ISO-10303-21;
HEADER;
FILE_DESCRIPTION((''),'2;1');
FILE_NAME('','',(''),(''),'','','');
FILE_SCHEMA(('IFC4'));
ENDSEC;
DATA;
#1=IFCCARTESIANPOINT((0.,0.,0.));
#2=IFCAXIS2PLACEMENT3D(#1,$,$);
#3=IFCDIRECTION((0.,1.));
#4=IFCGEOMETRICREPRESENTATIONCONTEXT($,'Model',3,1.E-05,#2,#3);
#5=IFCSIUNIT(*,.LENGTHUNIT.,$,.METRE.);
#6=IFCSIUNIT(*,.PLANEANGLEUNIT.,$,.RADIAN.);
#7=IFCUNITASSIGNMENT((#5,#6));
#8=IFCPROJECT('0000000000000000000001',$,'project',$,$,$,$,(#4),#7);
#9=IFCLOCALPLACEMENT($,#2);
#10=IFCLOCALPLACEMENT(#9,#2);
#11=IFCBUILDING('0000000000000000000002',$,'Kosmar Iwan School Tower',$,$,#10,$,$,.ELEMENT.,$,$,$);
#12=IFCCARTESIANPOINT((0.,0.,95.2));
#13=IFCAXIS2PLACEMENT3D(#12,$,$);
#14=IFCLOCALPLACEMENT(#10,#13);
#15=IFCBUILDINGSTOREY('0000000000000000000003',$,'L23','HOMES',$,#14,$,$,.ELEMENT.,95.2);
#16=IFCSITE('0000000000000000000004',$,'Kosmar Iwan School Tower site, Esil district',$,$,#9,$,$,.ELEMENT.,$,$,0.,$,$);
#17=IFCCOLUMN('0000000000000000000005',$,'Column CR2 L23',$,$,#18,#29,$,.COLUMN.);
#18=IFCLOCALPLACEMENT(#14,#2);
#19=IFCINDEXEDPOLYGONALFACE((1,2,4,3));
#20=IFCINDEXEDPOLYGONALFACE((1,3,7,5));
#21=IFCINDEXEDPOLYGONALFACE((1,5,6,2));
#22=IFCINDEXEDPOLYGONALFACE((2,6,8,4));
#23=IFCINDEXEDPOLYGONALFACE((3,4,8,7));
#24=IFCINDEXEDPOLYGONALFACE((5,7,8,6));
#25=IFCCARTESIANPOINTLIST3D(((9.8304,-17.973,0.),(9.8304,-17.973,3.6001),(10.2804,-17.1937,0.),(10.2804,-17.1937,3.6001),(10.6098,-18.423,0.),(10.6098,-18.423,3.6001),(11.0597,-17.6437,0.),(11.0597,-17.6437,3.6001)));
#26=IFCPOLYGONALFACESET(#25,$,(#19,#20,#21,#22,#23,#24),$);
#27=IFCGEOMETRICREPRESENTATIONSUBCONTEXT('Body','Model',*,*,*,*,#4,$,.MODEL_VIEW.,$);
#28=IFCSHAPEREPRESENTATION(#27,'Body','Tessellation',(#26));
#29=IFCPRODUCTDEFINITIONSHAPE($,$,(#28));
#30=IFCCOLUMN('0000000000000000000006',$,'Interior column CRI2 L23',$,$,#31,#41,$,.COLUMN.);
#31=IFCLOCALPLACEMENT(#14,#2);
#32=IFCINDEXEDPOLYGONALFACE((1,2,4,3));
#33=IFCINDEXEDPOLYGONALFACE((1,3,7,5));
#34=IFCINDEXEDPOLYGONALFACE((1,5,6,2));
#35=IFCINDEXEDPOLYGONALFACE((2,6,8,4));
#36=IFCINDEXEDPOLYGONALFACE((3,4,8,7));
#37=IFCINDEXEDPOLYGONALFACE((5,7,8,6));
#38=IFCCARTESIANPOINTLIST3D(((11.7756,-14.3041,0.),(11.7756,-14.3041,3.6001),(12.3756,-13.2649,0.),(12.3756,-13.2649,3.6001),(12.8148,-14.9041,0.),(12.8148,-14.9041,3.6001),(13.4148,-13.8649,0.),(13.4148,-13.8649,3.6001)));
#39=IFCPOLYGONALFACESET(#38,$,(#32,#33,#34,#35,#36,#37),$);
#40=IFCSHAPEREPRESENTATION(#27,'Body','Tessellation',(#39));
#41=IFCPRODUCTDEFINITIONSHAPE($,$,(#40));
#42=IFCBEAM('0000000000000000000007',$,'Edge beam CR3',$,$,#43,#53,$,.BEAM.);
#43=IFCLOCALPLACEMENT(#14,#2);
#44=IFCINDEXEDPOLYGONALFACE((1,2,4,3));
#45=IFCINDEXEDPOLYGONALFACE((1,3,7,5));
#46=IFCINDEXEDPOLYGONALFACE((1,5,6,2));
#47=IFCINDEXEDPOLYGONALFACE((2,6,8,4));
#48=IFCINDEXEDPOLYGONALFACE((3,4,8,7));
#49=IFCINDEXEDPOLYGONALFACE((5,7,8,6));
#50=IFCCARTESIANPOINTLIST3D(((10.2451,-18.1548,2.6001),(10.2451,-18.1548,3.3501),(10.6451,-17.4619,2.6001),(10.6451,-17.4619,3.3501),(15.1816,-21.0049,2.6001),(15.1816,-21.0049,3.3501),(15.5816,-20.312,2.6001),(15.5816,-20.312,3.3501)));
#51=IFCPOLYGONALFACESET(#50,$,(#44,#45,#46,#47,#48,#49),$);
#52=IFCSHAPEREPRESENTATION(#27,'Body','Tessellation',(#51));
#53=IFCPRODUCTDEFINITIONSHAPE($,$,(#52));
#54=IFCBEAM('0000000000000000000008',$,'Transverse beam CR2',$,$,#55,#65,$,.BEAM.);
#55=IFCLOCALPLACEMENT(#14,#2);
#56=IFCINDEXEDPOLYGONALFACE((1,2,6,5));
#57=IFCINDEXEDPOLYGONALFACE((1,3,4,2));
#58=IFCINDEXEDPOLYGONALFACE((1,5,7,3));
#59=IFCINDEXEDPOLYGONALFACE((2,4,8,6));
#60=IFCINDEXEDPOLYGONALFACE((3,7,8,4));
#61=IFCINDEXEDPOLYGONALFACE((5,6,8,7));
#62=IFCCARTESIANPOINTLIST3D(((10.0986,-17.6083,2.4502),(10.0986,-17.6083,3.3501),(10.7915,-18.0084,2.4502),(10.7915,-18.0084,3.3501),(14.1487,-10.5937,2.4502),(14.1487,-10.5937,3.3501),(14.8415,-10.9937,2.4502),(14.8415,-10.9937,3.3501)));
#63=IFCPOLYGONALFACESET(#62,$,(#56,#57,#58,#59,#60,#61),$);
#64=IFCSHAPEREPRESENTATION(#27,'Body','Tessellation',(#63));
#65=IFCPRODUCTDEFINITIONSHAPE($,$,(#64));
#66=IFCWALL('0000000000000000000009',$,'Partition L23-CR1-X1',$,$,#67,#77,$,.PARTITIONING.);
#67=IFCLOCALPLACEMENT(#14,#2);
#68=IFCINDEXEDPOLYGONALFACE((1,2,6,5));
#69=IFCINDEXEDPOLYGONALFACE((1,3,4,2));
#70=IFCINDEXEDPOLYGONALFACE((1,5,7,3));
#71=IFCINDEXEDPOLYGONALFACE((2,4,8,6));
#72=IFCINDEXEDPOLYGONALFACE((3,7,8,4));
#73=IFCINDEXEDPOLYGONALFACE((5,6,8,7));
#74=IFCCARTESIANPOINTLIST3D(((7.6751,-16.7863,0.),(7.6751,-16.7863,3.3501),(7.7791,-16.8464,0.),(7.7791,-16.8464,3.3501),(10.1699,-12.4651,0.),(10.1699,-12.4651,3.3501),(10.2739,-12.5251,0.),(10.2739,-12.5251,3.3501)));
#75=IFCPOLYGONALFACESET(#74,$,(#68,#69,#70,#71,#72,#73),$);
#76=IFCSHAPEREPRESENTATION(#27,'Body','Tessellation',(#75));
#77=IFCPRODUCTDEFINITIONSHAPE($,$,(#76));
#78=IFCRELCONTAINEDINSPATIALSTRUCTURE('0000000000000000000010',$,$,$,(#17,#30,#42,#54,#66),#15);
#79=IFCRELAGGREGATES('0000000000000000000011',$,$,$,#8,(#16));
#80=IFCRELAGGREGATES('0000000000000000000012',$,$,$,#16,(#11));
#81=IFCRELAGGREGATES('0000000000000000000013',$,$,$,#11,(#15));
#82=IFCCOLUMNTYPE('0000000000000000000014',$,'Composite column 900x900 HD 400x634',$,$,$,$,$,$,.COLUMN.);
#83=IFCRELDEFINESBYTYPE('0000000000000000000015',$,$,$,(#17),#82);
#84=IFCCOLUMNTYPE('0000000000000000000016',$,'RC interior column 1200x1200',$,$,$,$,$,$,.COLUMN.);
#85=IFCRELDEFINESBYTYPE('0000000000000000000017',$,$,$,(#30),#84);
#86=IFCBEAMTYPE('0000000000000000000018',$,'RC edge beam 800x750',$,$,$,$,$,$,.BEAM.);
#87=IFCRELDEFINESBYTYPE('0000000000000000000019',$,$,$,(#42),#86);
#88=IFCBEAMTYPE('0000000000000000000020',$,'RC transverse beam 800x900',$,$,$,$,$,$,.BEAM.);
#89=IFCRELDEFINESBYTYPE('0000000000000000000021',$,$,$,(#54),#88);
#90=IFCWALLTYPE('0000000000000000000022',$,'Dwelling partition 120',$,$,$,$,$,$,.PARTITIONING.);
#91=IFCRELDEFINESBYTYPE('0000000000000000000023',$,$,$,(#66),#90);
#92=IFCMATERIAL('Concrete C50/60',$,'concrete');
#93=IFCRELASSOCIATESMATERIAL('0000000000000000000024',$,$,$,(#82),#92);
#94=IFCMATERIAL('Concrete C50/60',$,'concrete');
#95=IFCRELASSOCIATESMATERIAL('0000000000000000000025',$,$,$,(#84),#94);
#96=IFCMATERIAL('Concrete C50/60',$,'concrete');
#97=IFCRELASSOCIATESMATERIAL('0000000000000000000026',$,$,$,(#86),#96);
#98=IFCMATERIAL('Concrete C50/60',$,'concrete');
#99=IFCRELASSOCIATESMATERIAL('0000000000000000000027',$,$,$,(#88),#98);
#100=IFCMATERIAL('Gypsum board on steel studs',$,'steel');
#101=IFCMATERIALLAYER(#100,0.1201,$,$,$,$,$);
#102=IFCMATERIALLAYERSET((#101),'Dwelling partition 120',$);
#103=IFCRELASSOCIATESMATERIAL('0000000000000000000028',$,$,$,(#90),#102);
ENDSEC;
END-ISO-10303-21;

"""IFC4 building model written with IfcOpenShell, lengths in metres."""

from ifc_helpers import new_model, si_unit, direction, frame, frame_2d, origin, origin_2d, place, context, subcontext, project, spatial, rectangle, extrude, material, layer, layer_set, material_profile, profile_set, type_object, element, save


model = new_model("IFC4")

# Units and contexts
model_context = context("Model", 3, precision=1e-05, world=origin(), true_north=direction((0.0, 1.0)))
body_context = subcontext(model_context, "Body", "Model", "MODEL_VIEW")
ifc_project = project(units=[si_unit("LENGTHUNIT", "METRE"), si_unit("PLANEANGLEUNIT", "RADIAN")], contexts=[model_context])

# Site, building, storey
site_placement = place(None, origin())
site = spatial("IfcSite", under=ifc_project, at=site_placement, Name="Kosmar Iwan School Tower site, Esil district", CompositionType="ELEMENT", RefElevation=0.0)
building_placement = place(site_placement, origin())
building = spatial("IfcBuilding", under=site, at=building_placement, Name="Kosmar Iwan School Tower", CompositionType="ELEMENT")
storey_placement = place(building_placement, frame((0.0, 0.0, 95.2)))
storey = spatial("IfcBuildingStorey", under=building, at=storey_placement, Name="L23", Description="HOMES", CompositionType="ELEMENT", Elevation=95.2)

# Columns
ifc_material_1 = material(Name="Concrete C50/60", Category="concrete")
ifc_material_profile_1 = material_profile(ifc_material_1, rectangle(XDim=0.8999, YDim=0.8999, at=origin_2d()), Name="RC 900x900 + HD 400x634")
ifc_profile_set_1 = profile_set([ifc_material_profile_1], Name="Concrete C50/60")
column_type_1 = type_object("IfcColumnType", Name="Composite column 900x900 HD 400x634", PredefinedType="COLUMN", material=ifc_profile_set_1)
column_1_placement = place(storey_placement, frame((10.4451, -17.8083, 0.0), z_axis=(0.0, 0.0, 1.0), x_axis=(0.866025, -0.5, 0.0)))
element("IfcColumn", 1, at=column_1_placement, inside=storey, type_object=column_type_1, Name="Column CR2 L23", PredefinedType="COLUMN", context=body_context, shape_type="SweptSolid", body=[
    extrude(rectangle(XDim=0.8999, YDim=0.8999, at=origin_2d()), origin(), (0.0, 0.0, 1.0), 3.6001),
])
ifc_material_2 = material(Name="Concrete C50/60", Category="concrete")
ifc_material_profile_2 = material_profile(ifc_material_2, rectangle(XDim=1.2, YDim=1.2, at=origin_2d()), Name="RC 1200x1200")
ifc_profile_set_2 = profile_set([ifc_material_profile_2], Name="Concrete C50/60")
column_type_2 = type_object("IfcColumnType", Name="RC interior column 1200x1200", PredefinedType="COLUMN", material=ifc_profile_set_2)
column_2_placement = place(storey_placement, frame((12.5952, -14.0845, 0.0), z_axis=(0.0, 0.0, 1.0), x_axis=(0.866025, -0.5, 0.0)))
element("IfcColumn", 2, at=column_2_placement, inside=storey, type_object=column_type_2, Name="Interior column CRI2 L23", PredefinedType="COLUMN", context=body_context, shape_type="SweptSolid", body=[
    extrude(rectangle(XDim=1.2, YDim=1.2, at=origin_2d()), origin(), (0.0, 0.0, 1.0), 3.6001),
])

# Beams
ifc_material_3 = material(Name="Concrete C50/60", Category="concrete")
ifc_material_profile_3 = material_profile(ifc_material_3, rectangle(XDim=0.8, YDim=0.75, at=origin_2d()), Name="RC 800x750")
ifc_profile_set_3 = profile_set([ifc_material_profile_3], Name="Concrete C50/60")
beam_type_1 = type_object("IfcBeamType", Name="RC edge beam 800x750", PredefinedType="BEAM", material=ifc_profile_set_3)
beam_1_placement = place(storey_placement, frame((10.4451, -17.8083, 2.9751), z_axis=(0.866026, -0.499999, 0.0), x_axis=(0.499999, 0.866026, 0.0)))
element("IfcBeam", 3, at=beam_1_placement, inside=storey, type_object=beam_type_1, Name="Edge beam CR3", PredefinedType="BEAM", context=body_context, shape_type="SweptSolid", body=[
    extrude(rectangle(XDim=0.8, YDim=0.75, at=origin_2d()), origin(), (0.0, 0.0, 1.0), 5.7002),
])
ifc_material_4 = material(Name="Concrete C50/60", Category="concrete")
ifc_material_profile_4 = material_profile(ifc_material_4, rectangle(XDim=0.8, YDim=0.8999, at=origin_2d()), Name="RC 800x900")
ifc_profile_set_4 = profile_set([ifc_material_profile_4], Name="Concrete C50/60")
beam_type_2 = type_object("IfcBeamType", Name="RC transverse beam 800x900", PredefinedType="BEAM", material=ifc_profile_set_4)
beam_2_placement = place(storey_placement, frame((10.4451, -17.8083, 2.9001), z_axis=(0.500013, 0.866018, 0.0), x_axis=(-0.866018, 0.500013, 0.0)))
element("IfcBeam", 4, at=beam_2_placement, inside=storey, type_object=beam_type_2, Name="Transverse beam CR2", PredefinedType="BEAM", context=body_context, shape_type="SweptSolid", body=[
    extrude(rectangle(XDim=0.8, YDim=0.8999, at=origin_2d()), origin(), (0.0, 0.0, 1.0), 8.0999),
])

# Wall
ifc_material_5 = material(Name="Gypsum board on steel studs", Category="steel")
ifc_layer = layer(ifc_material_5, 0.1201)
ifc_layer_set = layer_set([ifc_layer], Name="Dwelling partition 120")
wall_type = type_object("IfcWallType", Name="Dwelling partition 120", PredefinedType="PARTITIONING", material=ifc_layer_set)
wall_1_placement = place(storey_placement, frame((10.2219, -12.4951, 0.0), z_axis=(0.0, 0.0, 1.0), x_axis=(-0.499996, -0.866028, 0.0)))
element("IfcWall", 5, at=wall_1_placement, inside=storey, type_object=wall_type, Name="Partition L23-CR1-X1", PredefinedType="PARTITIONING", context=body_context, shape_type="SweptSolid", body=[
    extrude(rectangle(XDim=4.9897, YDim=0.1201, at=frame_2d((2.4949, 0.0))), origin(), (0.0, 0.0, 1.0), 3.3501),
])

save(model, "model.ifc")
